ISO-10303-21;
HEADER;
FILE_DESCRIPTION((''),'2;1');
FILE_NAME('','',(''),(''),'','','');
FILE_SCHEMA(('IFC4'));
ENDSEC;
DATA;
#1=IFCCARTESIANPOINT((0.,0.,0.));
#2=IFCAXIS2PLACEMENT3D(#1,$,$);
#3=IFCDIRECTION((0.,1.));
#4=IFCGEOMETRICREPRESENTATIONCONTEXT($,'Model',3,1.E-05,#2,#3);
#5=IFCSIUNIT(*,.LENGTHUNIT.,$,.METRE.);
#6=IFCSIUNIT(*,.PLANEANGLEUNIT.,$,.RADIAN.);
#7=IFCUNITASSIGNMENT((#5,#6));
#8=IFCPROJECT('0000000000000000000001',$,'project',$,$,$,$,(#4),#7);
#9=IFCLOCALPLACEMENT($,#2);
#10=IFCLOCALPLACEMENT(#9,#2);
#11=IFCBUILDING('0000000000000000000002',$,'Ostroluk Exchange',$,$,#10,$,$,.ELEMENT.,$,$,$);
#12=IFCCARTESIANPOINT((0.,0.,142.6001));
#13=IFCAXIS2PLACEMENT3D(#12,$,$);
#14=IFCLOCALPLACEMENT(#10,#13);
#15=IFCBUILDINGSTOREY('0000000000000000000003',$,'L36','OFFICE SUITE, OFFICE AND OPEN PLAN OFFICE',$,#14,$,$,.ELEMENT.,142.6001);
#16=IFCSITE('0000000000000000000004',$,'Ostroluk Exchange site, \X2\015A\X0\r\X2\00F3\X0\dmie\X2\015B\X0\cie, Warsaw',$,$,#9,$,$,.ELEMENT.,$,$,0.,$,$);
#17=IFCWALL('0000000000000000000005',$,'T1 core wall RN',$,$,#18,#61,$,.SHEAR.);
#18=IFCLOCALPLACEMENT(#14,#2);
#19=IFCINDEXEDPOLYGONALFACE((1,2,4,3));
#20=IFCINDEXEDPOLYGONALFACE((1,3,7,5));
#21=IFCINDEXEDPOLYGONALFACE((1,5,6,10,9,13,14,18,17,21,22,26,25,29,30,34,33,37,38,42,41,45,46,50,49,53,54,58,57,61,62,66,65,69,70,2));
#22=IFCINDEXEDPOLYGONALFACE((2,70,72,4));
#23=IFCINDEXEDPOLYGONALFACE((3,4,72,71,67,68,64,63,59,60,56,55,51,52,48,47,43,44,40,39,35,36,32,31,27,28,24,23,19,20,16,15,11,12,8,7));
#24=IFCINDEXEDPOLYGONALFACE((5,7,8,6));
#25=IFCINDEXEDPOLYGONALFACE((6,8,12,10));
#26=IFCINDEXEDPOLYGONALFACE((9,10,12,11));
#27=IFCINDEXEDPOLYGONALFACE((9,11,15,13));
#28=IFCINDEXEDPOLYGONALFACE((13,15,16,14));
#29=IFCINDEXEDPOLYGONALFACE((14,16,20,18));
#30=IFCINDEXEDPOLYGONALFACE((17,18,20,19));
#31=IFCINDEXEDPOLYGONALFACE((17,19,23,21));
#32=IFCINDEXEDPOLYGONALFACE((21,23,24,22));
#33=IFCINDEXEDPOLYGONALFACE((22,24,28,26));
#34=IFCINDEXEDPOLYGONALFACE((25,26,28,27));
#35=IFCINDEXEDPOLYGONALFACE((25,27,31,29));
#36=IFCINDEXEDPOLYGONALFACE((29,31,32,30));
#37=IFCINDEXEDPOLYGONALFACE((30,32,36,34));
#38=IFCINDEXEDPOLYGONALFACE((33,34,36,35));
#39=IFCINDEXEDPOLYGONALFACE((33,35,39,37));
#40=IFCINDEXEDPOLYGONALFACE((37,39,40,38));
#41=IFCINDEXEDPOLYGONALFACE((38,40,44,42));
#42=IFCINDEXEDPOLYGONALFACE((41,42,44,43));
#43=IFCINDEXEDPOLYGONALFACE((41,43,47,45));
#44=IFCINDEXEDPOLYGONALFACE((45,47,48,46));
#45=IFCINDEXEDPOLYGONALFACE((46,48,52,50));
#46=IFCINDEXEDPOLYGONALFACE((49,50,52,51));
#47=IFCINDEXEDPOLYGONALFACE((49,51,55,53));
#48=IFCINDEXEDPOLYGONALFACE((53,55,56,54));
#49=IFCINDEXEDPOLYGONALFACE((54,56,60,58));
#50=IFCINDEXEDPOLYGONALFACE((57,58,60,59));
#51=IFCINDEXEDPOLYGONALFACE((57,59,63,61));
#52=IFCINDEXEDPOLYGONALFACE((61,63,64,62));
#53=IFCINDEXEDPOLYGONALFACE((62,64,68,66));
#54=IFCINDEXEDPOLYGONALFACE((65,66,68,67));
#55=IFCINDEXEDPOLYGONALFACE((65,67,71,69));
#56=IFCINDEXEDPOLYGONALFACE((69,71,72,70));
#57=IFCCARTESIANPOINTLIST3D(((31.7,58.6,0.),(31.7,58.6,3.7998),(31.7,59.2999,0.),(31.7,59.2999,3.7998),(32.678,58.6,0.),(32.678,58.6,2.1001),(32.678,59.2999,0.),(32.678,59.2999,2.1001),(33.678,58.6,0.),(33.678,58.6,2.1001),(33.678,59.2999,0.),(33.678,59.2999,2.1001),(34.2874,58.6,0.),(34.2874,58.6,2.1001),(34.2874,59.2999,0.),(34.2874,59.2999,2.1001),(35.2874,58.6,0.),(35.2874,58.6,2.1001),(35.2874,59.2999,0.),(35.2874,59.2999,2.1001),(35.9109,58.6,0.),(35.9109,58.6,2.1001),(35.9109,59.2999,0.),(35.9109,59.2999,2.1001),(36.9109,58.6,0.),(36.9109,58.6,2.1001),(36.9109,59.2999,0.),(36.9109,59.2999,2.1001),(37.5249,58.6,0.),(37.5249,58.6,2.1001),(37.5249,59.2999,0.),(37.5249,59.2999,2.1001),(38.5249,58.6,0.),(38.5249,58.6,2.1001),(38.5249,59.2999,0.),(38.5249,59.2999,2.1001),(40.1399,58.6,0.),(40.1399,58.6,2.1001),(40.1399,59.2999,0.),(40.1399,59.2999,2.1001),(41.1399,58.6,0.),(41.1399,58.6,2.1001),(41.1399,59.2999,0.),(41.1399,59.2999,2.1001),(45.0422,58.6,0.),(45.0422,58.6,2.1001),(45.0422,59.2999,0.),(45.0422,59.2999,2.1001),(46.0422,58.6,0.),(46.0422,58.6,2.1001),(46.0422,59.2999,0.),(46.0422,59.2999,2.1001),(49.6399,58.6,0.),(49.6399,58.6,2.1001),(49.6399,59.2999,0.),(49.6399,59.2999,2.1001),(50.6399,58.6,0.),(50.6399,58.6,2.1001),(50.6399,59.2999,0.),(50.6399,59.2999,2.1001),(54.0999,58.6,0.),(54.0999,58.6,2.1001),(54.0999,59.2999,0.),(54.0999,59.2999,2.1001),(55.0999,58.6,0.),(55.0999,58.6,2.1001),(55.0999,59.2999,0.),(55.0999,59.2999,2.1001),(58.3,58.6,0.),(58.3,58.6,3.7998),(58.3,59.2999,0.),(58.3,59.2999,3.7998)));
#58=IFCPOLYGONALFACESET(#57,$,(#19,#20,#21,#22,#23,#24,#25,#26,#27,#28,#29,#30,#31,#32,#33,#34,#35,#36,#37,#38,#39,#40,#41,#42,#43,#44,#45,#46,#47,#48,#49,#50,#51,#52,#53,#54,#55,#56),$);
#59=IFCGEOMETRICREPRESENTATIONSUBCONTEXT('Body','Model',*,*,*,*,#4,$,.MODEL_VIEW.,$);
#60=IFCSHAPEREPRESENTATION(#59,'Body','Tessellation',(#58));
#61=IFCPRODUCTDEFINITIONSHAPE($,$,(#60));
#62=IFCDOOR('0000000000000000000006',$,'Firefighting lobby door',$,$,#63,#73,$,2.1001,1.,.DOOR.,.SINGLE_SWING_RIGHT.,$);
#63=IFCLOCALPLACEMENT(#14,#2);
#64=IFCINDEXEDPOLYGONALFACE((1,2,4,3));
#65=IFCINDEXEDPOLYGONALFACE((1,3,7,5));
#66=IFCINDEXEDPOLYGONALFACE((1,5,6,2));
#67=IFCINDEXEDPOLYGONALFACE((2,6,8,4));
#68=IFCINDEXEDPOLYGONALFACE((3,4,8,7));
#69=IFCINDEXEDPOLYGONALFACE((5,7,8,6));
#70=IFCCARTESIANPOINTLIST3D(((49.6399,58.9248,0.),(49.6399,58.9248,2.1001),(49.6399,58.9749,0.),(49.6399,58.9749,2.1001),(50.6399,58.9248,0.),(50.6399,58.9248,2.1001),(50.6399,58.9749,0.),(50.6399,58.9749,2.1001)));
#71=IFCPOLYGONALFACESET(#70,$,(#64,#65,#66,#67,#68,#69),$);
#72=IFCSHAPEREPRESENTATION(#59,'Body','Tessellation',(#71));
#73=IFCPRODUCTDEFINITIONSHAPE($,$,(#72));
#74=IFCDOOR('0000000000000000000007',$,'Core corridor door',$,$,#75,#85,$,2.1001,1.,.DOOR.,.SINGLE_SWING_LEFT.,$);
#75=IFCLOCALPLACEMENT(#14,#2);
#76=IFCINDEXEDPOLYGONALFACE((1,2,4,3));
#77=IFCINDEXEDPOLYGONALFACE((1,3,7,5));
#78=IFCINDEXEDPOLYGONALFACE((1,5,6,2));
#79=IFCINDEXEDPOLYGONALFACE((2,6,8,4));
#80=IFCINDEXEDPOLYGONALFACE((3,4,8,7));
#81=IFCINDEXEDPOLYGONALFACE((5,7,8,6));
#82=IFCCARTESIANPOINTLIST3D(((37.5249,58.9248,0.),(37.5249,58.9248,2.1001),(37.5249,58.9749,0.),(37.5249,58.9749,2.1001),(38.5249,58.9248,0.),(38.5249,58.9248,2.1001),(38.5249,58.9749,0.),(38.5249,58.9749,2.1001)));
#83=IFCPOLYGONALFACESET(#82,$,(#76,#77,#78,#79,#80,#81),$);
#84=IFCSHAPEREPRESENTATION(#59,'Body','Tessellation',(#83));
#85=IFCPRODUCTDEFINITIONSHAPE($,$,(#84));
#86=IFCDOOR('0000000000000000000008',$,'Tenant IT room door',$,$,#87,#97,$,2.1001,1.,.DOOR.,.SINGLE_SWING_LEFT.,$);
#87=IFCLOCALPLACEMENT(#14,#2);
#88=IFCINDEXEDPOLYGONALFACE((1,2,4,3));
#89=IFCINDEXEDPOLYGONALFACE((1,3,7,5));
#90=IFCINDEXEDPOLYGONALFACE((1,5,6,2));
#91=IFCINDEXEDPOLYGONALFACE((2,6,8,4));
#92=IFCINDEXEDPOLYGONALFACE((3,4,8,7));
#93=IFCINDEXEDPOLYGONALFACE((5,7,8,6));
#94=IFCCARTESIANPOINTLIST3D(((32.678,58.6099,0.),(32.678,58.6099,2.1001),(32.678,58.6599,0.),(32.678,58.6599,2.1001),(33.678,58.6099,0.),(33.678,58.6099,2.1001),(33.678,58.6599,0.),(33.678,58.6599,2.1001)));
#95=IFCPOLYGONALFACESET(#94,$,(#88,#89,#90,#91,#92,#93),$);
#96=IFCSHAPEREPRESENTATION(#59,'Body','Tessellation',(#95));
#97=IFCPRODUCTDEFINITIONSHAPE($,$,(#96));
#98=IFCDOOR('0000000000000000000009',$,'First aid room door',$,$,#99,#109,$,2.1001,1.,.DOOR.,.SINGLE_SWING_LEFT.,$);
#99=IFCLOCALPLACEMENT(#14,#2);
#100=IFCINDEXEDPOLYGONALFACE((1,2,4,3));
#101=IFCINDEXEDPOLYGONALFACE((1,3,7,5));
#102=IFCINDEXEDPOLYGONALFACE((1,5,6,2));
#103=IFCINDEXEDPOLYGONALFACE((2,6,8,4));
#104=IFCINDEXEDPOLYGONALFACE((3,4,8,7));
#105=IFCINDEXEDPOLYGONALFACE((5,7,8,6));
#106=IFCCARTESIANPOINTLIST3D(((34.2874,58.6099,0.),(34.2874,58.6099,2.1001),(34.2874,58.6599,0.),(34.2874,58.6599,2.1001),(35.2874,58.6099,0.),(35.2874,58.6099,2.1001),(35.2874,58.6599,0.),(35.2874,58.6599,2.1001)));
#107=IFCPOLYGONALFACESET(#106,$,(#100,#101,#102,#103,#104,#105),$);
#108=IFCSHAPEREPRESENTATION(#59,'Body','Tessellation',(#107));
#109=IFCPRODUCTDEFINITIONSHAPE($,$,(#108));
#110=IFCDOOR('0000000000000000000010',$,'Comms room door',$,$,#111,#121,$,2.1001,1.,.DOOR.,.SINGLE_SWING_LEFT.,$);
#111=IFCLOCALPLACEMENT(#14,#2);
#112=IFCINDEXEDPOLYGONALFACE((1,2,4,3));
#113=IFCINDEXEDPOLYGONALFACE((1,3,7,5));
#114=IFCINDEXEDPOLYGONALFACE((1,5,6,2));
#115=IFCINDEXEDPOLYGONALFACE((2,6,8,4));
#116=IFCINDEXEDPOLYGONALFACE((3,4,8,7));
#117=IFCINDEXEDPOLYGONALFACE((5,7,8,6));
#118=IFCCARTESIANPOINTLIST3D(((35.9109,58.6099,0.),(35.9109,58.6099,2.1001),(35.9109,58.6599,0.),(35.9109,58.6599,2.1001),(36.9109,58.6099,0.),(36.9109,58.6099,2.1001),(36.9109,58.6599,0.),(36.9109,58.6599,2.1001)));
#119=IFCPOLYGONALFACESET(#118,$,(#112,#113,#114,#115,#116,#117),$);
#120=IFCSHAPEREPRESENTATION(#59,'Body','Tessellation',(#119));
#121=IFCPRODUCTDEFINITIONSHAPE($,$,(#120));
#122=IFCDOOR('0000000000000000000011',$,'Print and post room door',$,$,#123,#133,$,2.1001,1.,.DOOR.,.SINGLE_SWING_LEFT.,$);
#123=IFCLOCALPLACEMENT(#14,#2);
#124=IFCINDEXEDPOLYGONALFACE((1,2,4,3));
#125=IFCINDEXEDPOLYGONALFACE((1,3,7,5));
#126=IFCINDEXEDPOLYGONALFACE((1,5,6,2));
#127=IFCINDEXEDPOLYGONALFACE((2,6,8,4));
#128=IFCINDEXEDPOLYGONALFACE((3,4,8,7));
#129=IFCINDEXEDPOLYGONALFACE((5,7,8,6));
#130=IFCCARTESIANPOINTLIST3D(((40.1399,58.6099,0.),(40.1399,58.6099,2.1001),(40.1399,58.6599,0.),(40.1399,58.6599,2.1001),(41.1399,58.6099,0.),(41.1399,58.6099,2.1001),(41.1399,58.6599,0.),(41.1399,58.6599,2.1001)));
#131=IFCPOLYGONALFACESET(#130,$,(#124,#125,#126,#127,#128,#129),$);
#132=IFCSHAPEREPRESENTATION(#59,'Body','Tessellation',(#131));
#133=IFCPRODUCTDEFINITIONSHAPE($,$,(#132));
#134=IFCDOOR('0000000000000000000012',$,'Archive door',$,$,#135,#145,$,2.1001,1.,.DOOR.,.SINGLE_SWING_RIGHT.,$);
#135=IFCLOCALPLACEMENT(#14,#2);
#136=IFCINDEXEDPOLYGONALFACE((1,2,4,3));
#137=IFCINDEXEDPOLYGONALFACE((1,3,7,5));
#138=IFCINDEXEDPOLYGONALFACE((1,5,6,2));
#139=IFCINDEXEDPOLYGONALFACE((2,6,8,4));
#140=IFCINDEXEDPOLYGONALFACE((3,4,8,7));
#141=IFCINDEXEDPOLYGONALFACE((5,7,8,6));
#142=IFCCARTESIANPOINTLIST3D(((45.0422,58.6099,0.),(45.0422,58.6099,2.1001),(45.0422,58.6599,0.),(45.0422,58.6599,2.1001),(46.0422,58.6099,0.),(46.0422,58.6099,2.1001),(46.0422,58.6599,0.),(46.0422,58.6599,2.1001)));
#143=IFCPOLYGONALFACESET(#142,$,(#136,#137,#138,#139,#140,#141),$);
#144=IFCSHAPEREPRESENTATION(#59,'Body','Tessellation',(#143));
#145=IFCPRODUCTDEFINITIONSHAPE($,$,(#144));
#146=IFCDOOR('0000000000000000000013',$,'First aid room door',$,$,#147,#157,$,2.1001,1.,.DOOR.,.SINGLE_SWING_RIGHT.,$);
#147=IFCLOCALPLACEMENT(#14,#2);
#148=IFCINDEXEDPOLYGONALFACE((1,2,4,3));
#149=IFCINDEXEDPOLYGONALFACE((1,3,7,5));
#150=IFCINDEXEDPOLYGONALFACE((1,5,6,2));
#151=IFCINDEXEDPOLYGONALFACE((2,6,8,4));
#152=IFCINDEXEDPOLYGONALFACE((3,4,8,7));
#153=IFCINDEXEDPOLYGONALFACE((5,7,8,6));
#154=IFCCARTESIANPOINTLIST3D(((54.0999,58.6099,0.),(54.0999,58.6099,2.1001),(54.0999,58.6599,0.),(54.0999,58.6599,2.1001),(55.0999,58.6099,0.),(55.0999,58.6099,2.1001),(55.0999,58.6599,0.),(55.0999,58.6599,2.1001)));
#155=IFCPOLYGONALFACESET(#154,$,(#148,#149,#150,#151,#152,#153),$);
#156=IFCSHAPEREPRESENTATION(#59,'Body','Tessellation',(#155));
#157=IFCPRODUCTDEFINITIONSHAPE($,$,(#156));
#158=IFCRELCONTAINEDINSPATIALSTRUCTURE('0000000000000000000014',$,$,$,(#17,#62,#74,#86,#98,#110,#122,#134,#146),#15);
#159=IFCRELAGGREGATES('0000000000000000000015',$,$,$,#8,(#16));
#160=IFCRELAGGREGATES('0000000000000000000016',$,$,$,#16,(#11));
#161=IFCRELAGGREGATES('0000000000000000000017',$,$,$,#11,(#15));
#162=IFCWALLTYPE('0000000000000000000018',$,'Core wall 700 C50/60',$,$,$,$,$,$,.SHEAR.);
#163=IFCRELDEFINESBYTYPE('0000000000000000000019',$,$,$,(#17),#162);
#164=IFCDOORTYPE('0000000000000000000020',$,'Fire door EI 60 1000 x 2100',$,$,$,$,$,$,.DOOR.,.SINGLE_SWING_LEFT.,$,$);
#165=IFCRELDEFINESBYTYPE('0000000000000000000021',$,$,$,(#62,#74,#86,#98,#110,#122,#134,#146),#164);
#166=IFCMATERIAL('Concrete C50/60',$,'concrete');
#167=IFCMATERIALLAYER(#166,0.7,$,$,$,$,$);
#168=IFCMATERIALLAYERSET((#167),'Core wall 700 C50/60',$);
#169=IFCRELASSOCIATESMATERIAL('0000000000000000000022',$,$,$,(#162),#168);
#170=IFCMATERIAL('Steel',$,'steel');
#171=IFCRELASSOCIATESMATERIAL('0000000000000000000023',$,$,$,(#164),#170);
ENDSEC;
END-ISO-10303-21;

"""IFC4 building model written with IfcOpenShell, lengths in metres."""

from ifc_helpers import new_model, si_unit, direction, frame, frame_2d, origin, place, context, subcontext, project, spatial, rectangle, extrude, material, layer, layer_set, type_object, element, fill, save


model = new_model("IFC4")

# Units and contexts
model_context = context("Model", 3, precision=1e-05, world=origin(), true_north=direction((0.0, 1.0)))
body_context = subcontext(model_context, "Body", "Model", "MODEL_VIEW")
ifc_project = project(units=[si_unit("LENGTHUNIT", "METRE"), si_unit("PLANEANGLEUNIT", "RADIAN")], contexts=[model_context])

# Site, building, storey
site_placement = place(None, origin())
site = spatial("IfcSite", under=ifc_project, at=site_placement, Name="Ostroluk Exchange site, Śródmieście, Warsaw", CompositionType="ELEMENT", RefElevation=0.0)
building_placement = place(site_placement, origin())
building = spatial("IfcBuilding", under=site, at=building_placement, Name="Ostroluk Exchange", CompositionType="ELEMENT")
storey_placement = place(building_placement, frame((0.0, 0.0, 142.6001)))
storey = spatial("IfcBuildingStorey", under=building, at=storey_placement, Name="L36", Description="OFFICE SUITE, OFFICE AND OPEN PLAN OFFICE", CompositionType="ELEMENT", Elevation=142.6001)

# Wall, openings, doors
ifc_material_1 = material(Name="Concrete C50/60", Category="concrete")
ifc_layer_1 = layer(ifc_material_1, 0.7)
ifc_layer_set_1 = layer_set([ifc_layer_1], Name="Core wall 700 C50/60")
wall_type_1 = type_object("IfcWallType", Name="Core wall 700 C50/60", PredefinedType="SHEAR", material=ifc_layer_set_1)
wall_1_placement = place(storey_placement, frame((31.7, 58.95, 0.0), z_axis=(0.0, 0.0, 1.0), x_axis=(1.0, 0.0, 0.0)))
wall_1 = element("IfcWall", 1, at=wall_1_placement, inside=storey, type_object=wall_type_1, Name="T1 core wall RN", PredefinedType="SHEAR", context=body_context, shape_type="SweptSolid", body=[
    extrude(rectangle(XDim=26.6001, YDim=0.7, at=frame_2d((13.3, 0.0))), origin(), (0.0, 0.0, 1.0), 3.7998),
])
opening_1_placement = place(wall_1_placement, frame((17.9399, 0.0, 0.0)))
opening_1 = element("IfcOpeningElement", 2, at=opening_1_placement, cuts=wall_1, PredefinedType="OPENING", context=body_context, shape_type="SweptSolid", body=[
    extrude(rectangle(XDim=1.0, YDim=2.1001, at=frame_2d((0.5, 1.05))), frame((0.0, 0.3599, 0.0), z_axis=(0.0, -1.0, 0.0), x_axis=(1.0, 0.0, 0.0)), (0.0, 0.0, 1.0), 0.72),
])
opening_2_placement = place(wall_1_placement, frame((5.825, 0.0, 0.0)))
opening_2 = element("IfcOpeningElement", 3, at=opening_2_placement, cuts=wall_1, PredefinedType="OPENING", context=body_context, shape_type="SweptSolid", body=[
    extrude(rectangle(XDim=1.0, YDim=2.1001, at=frame_2d((0.5, 1.05))), frame((0.0, 0.3599, 0.0), z_axis=(0.0, -1.0, 0.0), x_axis=(1.0, 0.0, 0.0)), (0.0, 0.0, 1.0), 0.72),
])
opening_3_placement = place(wall_1_placement, frame((0.978, 0.0, 0.0)))
opening_3 = element("IfcOpeningElement", 4, at=opening_3_placement, cuts=wall_1, PredefinedType="OPENING", context=body_context, shape_type="SweptSolid", body=[
    extrude(rectangle(XDim=1.0, YDim=2.1001, at=frame_2d((0.5, 1.05))), frame((0.0, 0.3599, 0.0), z_axis=(0.0, -1.0, 0.0), x_axis=(1.0, 0.0, 0.0)), (0.0, 0.0, 1.0), 0.72),
])
opening_4_placement = place(wall_1_placement, frame((2.5874, 0.0, 0.0)))
opening_4 = element("IfcOpeningElement", 5, at=opening_4_placement, cuts=wall_1, PredefinedType="OPENING", context=body_context, shape_type="SweptSolid", body=[
    extrude(rectangle(XDim=1.0, YDim=2.1001, at=frame_2d((0.5, 1.05))), frame((0.0, 0.3599, 0.0), z_axis=(0.0, -1.0, 0.0), x_axis=(1.0, 0.0, 0.0)), (0.0, 0.0, 1.0), 0.72),
])
opening_5_placement = place(wall_1_placement, frame((4.2109, 0.0, 0.0)))
opening_5 = element("IfcOpeningElement", 6, at=opening_5_placement, cuts=wall_1, PredefinedType="OPENING", context=body_context, shape_type="SweptSolid", body=[
    extrude(rectangle(XDim=1.0, YDim=2.1001, at=frame_2d((0.5, 1.05))), frame((0.0, 0.3599, 0.0), z_axis=(0.0, -1.0, 0.0), x_axis=(1.0, 0.0, 0.0)), (0.0, 0.0, 1.0), 0.72),
])
opening_6_placement = place(wall_1_placement, frame((8.4399, 0.0, 0.0)))
opening_6 = element("IfcOpeningElement", 7, at=opening_6_placement, cuts=wall_1, PredefinedType="OPENING", context=body_context, shape_type="SweptSolid", body=[
    extrude(rectangle(XDim=1.0, YDim=2.1001, at=frame_2d((0.5, 1.05))), frame((0.0, 0.3599, 0.0), z_axis=(0.0, -1.0, 0.0), x_axis=(1.0, 0.0, 0.0)), (0.0, 0.0, 1.0), 0.72),
])
opening_7_placement = place(wall_1_placement, frame((13.3423, 0.0, 0.0)))
opening_7 = element("IfcOpeningElement", 8, at=opening_7_placement, cuts=wall_1, PredefinedType="OPENING", context=body_context, shape_type="SweptSolid", body=[
    extrude(rectangle(XDim=1.0, YDim=2.1001, at=frame_2d((0.5, 1.05))), frame((0.0, 0.3599, 0.0), z_axis=(0.0, -1.0, 0.0), x_axis=(1.0, 0.0, 0.0)), (0.0, 0.0, 1.0), 0.72),
])
opening_8_placement = place(wall_1_placement, frame((22.3999, 0.0, 0.0)))
opening_8 = element("IfcOpeningElement", 9, at=opening_8_placement, cuts=wall_1, PredefinedType="OPENING", context=body_context, shape_type="SweptSolid", body=[
    extrude(rectangle(XDim=1.0, YDim=2.1001, at=frame_2d((0.5, 1.05))), frame((0.0, 0.3599, 0.0), z_axis=(0.0, -1.0, 0.0), x_axis=(1.0, 0.0, 0.0)), (0.0, 0.0, 1.0), 0.72),
])
ifc_material_2 = material(Name="Steel", Category="steel")
door_type_1 = type_object("IfcDoorType", Name="Fire door EI 60 1000 x 2100", OperationType="SINGLE_SWING_LEFT", PredefinedType="DOOR", material=ifc_material_2)
door_1_placement = place(opening_1_placement, origin())
door_1 = element("IfcDoor", 10, at=door_1_placement, inside=storey, type_object=door_type_1, Name="Firefighting lobby door", OperationType="SINGLE_SWING_RIGHT", OverallHeight=2.1001, OverallWidth=1.0, PredefinedType="DOOR", context=body_context, shape_type="SweptSolid", body=[
    extrude(rectangle(XDim=1.0, YDim=2.1001, at=frame_2d((0.5, 1.05))), frame((0.0, 0.0249, 0.0), z_axis=(0.0, -1.0, 0.0), x_axis=(1.0, 0.0, 0.0)), (0.0, 0.0, 1.0), 0.05),
])
fill(opening_1, door_1)
door_2_placement = place(opening_2_placement, origin())
door_2 = element("IfcDoor", 11, at=door_2_placement, inside=storey, type_object=door_type_1, Name="Core corridor door", OperationType="SINGLE_SWING_LEFT", OverallHeight=2.1001, OverallWidth=1.0, PredefinedType="DOOR", context=body_context, shape_type="SweptSolid", body=[
    extrude(rectangle(XDim=1.0, YDim=2.1001, at=frame_2d((0.5, 1.05))), frame((0.0, 0.0249, 0.0), z_axis=(0.0, -1.0, 0.0), x_axis=(1.0, 0.0, 0.0)), (0.0, 0.0, 1.0), 0.05),
])
fill(opening_2, door_2)
door_3_placement = place(opening_3_placement, origin())
door_3 = element("IfcDoor", 12, at=door_3_placement, inside=storey, type_object=door_type_1, Name="Tenant IT room door", OperationType="SINGLE_SWING_LEFT", OverallHeight=2.1001, OverallWidth=1.0, PredefinedType="DOOR", context=body_context, shape_type="SweptSolid", body=[
    extrude(rectangle(XDim=1.0, YDim=2.1001, at=frame_2d((0.5, 1.05))), frame((0.0, -0.29, 0.0), z_axis=(0.0, -1.0, 0.0), x_axis=(1.0, 0.0, 0.0)), (0.0, 0.0, 1.0), 0.05),
])
fill(opening_3, door_3)
door_4_placement = place(opening_4_placement, origin())
door_4 = element("IfcDoor", 13, at=door_4_placement, inside=storey, type_object=door_type_1, Name="First aid room door", OperationType="SINGLE_SWING_LEFT", OverallHeight=2.1001, OverallWidth=1.0, PredefinedType="DOOR", context=body_context, shape_type="SweptSolid", body=[
    extrude(rectangle(XDim=1.0, YDim=2.1001, at=frame_2d((0.5, 1.05))), frame((0.0, -0.29, 0.0), z_axis=(0.0, -1.0, 0.0), x_axis=(1.0, 0.0, 0.0)), (0.0, 0.0, 1.0), 0.05),
])
fill(opening_4, door_4)
door_5_placement = place(opening_5_placement, origin())
door_5 = element("IfcDoor", 14, at=door_5_placement, inside=storey, type_object=door_type_1, Name="Comms room door", OperationType="SINGLE_SWING_LEFT", OverallHeight=2.1001, OverallWidth=1.0, PredefinedType="DOOR", context=body_context, shape_type="SweptSolid", body=[
    extrude(rectangle(XDim=1.0, YDim=2.1001, at=frame_2d((0.5, 1.05))), frame((0.0, -0.29, 0.0), z_axis=(0.0, -1.0, 0.0), x_axis=(1.0, 0.0, 0.0)), (0.0, 0.0, 1.0), 0.05),
])
fill(opening_5, door_5)
door_6_placement = place(opening_6_placement, origin())
door_6 = element("IfcDoor", 15, at=door_6_placement, inside=storey, type_object=door_type_1, Name="Print and post room door", OperationType="SINGLE_SWING_LEFT", OverallHeight=2.1001, OverallWidth=1.0, PredefinedType="DOOR", context=body_context, shape_type="SweptSolid", body=[
    extrude(rectangle(XDim=1.0, YDim=2.1001, at=frame_2d((0.5, 1.05))), frame((0.0, -0.29, 0.0), z_axis=(0.0, -1.0, 0.0), x_axis=(1.0, 0.0, 0.0)), (0.0, 0.0, 1.0), 0.05),
])
fill(opening_6, door_6)
door_7_placement = place(opening_7_placement, origin())
door_7 = element("IfcDoor", 16, at=door_7_placement, inside=storey, type_object=door_type_1, Name="Archive door", OperationType="SINGLE_SWING_RIGHT", OverallHeight=2.1001, OverallWidth=1.0, PredefinedType="DOOR", context=body_context, shape_type="SweptSolid", body=[
    extrude(rectangle(XDim=1.0, YDim=2.1001, at=frame_2d((0.5, 1.05))), frame((0.0, -0.29, 0.0), z_axis=(0.0, -1.0, 0.0), x_axis=(1.0, 0.0, 0.0)), (0.0, 0.0, 1.0), 0.05),
])
fill(opening_7, door_7)
door_8_placement = place(opening_8_placement, origin())
door_8 = element("IfcDoor", 17, at=door_8_placement, inside=storey, type_object=door_type_1, Name="First aid room door", OperationType="SINGLE_SWING_RIGHT", OverallHeight=2.1001, OverallWidth=1.0, PredefinedType="DOOR", context=body_context, shape_type="SweptSolid", body=[
    extrude(rectangle(XDim=1.0, YDim=2.1001, at=frame_2d((0.5, 1.05))), frame((0.0, -0.29, 0.0), z_axis=(0.0, -1.0, 0.0), x_axis=(1.0, 0.0, 0.0)), (0.0, 0.0, 1.0), 0.05),
])
fill(opening_8, door_8)

save(model, "model.ifc")
